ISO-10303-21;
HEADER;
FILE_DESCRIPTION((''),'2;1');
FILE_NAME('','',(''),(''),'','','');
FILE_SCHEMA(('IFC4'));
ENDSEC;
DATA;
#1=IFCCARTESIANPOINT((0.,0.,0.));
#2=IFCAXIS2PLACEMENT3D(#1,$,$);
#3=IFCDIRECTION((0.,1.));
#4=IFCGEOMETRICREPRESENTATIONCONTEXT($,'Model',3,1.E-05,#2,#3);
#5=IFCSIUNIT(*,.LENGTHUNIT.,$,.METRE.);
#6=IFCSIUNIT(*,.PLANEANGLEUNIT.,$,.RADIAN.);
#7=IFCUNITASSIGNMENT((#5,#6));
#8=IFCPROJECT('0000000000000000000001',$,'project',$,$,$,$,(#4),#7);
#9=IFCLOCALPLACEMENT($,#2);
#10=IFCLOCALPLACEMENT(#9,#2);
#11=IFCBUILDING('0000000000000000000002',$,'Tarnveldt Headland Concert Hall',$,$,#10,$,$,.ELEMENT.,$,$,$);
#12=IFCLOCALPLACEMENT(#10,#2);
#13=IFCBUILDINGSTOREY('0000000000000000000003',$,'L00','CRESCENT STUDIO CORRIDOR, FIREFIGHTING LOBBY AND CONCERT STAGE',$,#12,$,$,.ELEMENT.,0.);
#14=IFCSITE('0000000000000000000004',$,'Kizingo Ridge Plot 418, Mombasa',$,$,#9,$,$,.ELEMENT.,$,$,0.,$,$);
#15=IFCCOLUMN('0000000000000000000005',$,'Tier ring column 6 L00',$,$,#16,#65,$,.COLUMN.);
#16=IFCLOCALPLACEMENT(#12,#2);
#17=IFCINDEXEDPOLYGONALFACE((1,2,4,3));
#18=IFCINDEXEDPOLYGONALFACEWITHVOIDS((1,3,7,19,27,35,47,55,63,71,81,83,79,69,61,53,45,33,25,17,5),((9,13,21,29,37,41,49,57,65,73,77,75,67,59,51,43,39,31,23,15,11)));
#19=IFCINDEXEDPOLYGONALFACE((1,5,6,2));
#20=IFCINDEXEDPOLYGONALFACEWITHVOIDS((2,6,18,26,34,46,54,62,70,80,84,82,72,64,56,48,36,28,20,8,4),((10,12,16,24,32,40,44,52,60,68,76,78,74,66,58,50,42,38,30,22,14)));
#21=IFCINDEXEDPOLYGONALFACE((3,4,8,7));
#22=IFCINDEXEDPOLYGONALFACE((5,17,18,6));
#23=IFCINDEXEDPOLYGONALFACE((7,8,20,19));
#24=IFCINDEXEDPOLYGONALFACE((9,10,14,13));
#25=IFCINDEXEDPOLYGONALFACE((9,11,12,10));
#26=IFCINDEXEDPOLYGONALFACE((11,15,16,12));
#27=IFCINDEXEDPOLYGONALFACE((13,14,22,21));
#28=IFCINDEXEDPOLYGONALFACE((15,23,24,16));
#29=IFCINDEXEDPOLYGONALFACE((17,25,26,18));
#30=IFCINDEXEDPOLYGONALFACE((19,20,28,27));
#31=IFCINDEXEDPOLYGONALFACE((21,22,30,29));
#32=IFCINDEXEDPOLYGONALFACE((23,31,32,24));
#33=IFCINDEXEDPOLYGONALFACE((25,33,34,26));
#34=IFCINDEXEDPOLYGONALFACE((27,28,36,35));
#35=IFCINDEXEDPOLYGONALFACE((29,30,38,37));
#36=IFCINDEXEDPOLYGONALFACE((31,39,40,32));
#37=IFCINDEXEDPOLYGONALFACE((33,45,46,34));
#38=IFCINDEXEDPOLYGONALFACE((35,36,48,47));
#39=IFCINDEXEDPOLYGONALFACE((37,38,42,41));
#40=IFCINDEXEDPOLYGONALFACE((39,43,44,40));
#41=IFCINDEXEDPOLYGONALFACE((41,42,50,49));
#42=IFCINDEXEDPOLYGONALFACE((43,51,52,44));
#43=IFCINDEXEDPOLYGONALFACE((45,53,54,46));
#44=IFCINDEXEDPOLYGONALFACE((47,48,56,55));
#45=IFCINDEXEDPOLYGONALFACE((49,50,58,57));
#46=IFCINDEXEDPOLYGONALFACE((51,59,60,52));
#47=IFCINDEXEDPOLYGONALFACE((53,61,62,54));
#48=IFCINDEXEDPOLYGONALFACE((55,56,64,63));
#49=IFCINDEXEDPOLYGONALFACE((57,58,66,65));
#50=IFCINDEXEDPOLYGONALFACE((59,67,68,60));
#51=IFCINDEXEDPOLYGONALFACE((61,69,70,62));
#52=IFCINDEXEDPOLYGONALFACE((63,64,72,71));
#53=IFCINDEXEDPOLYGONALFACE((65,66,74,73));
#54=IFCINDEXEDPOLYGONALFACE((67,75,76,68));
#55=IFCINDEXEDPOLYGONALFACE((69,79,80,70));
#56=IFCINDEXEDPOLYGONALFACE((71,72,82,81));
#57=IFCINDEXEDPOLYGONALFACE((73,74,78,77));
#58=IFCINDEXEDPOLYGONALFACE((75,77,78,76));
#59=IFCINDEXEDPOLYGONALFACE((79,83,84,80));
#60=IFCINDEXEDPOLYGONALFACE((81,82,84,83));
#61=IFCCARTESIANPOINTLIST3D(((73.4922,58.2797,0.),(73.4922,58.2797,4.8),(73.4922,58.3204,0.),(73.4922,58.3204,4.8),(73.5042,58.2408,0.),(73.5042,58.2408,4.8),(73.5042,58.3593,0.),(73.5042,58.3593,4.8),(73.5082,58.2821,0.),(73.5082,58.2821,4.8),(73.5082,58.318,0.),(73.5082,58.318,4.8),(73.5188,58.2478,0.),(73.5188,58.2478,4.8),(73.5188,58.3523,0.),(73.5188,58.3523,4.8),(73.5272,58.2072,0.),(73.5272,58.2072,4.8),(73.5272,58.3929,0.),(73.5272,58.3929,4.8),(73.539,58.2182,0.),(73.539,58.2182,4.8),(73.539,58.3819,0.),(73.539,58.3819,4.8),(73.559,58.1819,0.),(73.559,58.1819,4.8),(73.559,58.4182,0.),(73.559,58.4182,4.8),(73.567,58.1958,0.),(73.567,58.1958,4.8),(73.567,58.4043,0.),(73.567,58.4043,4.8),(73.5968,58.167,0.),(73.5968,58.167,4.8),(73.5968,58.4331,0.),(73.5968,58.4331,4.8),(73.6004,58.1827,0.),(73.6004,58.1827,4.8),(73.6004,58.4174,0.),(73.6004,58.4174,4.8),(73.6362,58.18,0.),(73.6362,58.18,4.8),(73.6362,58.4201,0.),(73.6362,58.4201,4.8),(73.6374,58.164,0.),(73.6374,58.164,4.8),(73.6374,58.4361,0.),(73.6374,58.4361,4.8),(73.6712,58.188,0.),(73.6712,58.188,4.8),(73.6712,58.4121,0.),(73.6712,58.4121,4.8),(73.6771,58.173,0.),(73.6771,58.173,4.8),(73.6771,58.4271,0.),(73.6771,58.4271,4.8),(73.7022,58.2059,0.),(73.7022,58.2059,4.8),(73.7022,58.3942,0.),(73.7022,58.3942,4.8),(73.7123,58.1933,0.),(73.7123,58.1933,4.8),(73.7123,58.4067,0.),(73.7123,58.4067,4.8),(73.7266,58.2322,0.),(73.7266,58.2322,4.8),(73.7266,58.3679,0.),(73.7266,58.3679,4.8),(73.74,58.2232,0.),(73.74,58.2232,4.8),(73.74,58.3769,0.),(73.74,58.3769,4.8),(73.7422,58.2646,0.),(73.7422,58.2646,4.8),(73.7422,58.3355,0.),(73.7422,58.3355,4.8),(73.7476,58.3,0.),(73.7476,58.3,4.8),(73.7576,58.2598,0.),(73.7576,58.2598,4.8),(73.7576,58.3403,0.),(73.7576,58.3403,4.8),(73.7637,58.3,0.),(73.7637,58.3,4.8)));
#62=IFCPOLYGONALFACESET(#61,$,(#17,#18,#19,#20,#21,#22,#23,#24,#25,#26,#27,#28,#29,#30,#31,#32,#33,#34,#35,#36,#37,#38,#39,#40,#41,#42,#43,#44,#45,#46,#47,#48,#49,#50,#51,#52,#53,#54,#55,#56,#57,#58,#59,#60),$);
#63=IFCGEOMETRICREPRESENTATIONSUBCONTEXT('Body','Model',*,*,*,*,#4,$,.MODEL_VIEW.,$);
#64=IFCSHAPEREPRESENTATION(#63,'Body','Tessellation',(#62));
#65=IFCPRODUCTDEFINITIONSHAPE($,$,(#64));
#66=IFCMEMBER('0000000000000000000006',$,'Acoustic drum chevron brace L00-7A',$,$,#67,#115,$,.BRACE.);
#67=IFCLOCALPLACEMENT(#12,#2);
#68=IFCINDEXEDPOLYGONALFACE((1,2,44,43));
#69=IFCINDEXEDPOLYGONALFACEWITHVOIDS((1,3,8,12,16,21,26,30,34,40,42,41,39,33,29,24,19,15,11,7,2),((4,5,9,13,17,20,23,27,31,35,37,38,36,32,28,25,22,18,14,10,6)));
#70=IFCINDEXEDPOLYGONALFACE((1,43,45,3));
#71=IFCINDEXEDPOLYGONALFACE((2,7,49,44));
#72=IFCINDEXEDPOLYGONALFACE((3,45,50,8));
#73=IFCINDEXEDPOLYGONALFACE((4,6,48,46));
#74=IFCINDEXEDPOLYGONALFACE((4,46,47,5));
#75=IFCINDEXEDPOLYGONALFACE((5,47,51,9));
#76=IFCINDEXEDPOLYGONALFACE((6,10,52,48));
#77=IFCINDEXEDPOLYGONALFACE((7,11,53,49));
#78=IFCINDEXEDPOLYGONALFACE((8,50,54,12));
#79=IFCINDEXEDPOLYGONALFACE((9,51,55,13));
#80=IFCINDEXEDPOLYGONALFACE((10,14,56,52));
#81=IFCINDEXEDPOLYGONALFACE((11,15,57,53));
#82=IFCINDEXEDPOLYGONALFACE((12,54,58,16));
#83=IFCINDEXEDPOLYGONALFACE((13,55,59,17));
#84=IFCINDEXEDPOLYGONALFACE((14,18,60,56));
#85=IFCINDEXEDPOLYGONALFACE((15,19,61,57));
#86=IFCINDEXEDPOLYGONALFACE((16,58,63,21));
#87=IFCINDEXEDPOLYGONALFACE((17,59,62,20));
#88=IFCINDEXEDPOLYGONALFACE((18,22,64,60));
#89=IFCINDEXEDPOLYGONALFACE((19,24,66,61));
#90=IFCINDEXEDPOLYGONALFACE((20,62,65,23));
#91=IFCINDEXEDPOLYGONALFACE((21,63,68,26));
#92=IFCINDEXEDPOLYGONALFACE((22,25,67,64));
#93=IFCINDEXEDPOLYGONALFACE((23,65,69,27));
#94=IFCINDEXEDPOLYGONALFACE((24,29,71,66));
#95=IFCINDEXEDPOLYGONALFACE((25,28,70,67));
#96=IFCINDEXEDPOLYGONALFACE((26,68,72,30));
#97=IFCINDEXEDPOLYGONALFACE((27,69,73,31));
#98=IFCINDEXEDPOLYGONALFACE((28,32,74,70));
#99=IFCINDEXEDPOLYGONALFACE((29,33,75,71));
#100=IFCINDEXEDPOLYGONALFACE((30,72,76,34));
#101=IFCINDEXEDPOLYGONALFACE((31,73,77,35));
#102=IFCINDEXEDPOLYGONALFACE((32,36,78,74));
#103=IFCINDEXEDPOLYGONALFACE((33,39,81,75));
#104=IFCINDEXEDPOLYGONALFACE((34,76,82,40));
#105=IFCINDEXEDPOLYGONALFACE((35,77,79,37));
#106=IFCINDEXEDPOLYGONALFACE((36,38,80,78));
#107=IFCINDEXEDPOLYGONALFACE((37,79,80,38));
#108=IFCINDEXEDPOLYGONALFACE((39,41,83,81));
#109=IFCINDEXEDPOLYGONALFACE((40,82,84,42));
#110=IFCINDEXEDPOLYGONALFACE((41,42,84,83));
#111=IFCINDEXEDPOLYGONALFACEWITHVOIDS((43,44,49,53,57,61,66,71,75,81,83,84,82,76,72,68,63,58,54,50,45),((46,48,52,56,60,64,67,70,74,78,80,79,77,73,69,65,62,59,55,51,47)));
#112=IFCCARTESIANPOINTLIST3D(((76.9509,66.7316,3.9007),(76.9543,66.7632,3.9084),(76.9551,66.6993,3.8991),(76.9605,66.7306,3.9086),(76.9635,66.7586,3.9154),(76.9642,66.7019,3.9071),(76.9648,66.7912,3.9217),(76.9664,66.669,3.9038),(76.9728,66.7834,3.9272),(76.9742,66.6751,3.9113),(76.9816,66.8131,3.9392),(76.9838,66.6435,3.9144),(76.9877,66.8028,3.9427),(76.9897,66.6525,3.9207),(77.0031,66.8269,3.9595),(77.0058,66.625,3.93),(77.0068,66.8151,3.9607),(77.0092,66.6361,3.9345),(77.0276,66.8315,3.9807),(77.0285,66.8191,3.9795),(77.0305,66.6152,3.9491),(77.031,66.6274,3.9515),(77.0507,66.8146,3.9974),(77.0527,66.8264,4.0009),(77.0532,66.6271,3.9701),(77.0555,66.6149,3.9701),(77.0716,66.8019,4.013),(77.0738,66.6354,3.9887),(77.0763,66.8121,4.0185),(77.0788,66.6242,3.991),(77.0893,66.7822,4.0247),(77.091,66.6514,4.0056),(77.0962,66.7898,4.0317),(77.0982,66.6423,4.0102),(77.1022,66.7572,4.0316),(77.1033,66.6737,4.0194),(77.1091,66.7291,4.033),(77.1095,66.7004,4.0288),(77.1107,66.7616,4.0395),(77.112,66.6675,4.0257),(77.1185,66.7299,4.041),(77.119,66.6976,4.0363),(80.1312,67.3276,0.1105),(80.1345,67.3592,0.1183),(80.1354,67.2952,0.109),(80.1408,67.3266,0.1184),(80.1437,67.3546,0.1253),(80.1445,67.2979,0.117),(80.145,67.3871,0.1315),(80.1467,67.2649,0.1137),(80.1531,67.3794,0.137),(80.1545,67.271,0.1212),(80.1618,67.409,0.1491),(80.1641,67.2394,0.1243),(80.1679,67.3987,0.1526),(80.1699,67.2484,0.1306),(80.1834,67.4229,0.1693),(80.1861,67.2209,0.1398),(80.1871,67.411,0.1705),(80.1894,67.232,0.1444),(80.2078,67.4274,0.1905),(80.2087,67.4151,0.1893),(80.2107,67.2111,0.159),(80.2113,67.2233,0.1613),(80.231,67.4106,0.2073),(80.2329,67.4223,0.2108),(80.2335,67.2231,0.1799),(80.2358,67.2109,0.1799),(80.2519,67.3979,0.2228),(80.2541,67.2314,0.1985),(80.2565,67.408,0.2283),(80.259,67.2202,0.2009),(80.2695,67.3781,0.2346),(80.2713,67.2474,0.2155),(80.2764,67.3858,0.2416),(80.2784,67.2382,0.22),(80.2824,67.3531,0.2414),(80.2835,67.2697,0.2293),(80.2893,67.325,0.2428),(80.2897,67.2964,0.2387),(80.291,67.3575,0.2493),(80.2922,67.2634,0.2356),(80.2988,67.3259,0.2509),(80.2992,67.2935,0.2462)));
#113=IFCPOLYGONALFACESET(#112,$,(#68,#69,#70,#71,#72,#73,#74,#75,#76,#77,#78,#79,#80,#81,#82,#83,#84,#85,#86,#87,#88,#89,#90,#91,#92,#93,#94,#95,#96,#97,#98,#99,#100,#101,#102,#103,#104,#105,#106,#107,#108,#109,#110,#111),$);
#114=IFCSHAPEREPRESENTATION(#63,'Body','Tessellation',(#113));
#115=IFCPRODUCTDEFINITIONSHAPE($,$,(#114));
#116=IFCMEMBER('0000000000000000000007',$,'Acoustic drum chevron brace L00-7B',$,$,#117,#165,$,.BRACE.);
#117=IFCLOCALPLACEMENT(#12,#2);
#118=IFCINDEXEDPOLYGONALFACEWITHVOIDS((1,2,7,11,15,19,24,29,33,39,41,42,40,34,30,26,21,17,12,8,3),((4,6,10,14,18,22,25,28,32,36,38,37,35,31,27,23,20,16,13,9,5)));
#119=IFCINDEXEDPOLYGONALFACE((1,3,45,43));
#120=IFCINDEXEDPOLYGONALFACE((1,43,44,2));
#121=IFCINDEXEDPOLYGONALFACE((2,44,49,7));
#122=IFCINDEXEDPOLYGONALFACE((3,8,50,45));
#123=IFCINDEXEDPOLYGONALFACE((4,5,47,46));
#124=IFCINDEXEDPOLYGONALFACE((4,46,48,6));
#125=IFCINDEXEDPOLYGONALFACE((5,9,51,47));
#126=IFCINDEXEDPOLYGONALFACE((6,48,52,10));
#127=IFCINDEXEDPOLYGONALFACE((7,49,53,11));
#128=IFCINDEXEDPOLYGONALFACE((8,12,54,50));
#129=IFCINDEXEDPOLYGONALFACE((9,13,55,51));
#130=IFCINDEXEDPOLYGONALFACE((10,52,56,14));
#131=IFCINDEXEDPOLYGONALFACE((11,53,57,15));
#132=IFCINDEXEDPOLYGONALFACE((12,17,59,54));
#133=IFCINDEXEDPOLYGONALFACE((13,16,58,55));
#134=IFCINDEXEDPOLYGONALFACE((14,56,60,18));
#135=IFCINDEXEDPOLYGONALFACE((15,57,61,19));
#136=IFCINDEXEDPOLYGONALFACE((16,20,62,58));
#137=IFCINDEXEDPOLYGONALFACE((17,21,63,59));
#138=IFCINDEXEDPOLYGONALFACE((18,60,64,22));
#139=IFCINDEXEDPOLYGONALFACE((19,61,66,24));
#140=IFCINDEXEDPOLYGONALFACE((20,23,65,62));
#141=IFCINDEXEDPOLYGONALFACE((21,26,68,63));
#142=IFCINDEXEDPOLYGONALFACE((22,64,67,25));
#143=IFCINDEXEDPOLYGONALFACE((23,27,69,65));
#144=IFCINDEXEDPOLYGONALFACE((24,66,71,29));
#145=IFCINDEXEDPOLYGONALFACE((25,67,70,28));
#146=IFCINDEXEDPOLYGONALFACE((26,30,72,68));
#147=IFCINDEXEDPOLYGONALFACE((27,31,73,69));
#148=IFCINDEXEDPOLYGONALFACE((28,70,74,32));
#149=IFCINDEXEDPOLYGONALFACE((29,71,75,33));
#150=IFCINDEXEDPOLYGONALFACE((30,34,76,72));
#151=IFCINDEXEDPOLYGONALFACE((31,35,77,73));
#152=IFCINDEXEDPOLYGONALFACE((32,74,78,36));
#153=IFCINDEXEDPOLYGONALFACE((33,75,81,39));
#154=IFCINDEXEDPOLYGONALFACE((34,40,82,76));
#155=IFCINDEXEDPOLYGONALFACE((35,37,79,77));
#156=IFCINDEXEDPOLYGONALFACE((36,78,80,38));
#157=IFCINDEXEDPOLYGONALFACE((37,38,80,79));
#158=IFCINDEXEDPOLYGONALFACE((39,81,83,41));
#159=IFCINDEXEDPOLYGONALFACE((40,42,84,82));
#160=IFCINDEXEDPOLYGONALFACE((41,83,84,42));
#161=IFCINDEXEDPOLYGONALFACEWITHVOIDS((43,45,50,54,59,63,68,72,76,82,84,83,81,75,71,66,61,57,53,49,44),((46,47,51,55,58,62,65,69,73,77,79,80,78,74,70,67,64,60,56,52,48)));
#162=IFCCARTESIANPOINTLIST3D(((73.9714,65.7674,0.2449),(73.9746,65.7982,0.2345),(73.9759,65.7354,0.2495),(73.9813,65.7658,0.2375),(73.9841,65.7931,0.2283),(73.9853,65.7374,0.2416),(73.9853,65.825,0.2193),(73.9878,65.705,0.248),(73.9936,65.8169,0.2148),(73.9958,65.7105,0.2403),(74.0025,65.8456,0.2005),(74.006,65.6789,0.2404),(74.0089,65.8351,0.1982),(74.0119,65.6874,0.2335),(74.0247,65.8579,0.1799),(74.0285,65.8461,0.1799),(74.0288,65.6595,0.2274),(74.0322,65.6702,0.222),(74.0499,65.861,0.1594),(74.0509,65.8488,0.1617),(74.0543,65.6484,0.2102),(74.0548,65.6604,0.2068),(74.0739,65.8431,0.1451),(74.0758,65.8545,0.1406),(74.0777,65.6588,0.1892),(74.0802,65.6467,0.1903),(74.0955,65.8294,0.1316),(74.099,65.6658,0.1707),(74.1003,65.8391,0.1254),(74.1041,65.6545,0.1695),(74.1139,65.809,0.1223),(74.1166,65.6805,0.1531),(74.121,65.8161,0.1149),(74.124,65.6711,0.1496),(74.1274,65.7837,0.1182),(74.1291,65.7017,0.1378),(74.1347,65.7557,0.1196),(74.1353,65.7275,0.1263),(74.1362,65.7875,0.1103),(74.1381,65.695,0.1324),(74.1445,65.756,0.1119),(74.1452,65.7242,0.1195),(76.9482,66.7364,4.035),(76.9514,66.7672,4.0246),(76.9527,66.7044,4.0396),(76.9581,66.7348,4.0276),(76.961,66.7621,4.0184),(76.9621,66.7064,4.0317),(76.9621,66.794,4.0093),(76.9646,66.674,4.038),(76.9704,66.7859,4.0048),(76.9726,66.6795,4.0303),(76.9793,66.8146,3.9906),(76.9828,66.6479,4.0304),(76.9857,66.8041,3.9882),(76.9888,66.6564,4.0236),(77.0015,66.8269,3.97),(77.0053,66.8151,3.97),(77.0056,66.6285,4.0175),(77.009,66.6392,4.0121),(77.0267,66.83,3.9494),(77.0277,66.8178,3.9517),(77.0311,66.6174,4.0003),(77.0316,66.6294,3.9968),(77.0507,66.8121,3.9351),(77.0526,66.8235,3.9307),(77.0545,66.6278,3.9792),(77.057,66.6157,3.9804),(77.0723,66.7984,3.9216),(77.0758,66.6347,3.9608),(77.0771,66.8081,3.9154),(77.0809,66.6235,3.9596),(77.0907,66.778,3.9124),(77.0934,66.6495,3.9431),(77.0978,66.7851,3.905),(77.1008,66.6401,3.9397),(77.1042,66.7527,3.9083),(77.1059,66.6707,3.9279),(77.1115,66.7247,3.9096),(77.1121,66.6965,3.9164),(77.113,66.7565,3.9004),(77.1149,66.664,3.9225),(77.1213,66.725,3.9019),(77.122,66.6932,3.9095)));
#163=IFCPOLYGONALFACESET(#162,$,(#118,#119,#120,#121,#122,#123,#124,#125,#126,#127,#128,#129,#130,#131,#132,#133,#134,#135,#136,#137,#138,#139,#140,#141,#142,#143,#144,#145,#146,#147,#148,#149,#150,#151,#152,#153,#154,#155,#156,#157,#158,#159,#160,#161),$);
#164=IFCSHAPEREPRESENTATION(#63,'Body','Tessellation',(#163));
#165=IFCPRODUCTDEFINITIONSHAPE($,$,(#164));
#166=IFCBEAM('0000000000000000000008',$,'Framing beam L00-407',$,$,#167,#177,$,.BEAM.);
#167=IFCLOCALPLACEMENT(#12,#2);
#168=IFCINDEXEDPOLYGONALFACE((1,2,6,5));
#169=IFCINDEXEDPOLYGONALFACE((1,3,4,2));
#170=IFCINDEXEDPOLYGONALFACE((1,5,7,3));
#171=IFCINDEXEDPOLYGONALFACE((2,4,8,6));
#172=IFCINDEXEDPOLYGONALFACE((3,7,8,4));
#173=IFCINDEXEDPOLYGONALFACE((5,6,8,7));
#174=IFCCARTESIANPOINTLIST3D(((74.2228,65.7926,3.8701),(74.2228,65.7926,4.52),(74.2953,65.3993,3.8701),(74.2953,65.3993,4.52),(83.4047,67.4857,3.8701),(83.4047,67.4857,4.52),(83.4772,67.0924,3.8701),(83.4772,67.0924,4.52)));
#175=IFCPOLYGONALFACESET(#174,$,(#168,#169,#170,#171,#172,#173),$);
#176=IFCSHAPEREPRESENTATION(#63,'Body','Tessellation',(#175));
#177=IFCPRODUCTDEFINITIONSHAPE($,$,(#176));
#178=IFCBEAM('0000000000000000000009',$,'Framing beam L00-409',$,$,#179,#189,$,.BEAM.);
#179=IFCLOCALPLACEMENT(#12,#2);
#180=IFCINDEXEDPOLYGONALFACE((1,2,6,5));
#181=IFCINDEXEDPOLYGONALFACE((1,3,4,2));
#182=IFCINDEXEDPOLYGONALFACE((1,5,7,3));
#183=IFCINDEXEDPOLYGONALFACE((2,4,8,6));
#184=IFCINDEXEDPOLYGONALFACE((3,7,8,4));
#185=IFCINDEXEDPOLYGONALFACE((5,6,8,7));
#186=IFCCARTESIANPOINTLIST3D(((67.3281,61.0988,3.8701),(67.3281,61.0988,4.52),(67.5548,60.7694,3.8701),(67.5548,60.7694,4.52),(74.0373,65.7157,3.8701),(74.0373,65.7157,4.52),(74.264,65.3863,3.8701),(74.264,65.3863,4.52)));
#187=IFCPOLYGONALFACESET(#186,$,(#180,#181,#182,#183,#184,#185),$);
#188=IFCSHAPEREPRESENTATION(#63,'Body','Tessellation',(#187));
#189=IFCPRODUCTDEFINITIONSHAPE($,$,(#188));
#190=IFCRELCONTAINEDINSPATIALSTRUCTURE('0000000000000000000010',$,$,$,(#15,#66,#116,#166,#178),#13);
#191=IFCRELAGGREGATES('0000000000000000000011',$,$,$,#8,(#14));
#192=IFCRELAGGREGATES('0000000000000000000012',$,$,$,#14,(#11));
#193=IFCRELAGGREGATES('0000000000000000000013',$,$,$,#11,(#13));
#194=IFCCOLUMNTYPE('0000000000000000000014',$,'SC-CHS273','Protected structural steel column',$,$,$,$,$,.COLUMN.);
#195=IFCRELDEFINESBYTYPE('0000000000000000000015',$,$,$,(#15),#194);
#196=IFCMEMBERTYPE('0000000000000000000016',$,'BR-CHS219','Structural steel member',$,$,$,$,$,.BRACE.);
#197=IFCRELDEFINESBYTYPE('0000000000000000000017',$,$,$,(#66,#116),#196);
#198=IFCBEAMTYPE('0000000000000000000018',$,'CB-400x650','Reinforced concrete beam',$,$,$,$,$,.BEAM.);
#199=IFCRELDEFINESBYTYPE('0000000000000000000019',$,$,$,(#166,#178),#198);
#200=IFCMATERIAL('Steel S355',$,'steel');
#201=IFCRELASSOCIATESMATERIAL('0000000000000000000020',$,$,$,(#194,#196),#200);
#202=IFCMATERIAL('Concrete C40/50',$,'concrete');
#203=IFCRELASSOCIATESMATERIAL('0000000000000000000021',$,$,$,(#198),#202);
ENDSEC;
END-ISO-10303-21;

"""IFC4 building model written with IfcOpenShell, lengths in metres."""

from ifc_helpers import new_model, si_unit, direction, frame, origin, origin_2d, place, context, subcontext, project, spatial, rectangle, hollow_circle, extrude, material, material_profile, profile_set, type_object, element, save


model = new_model("IFC4")

# Units and contexts
model_context = context("Model", 3, precision=1e-05, world=origin(), true_north=direction((0.0, 1.0)))
body_context = subcontext(model_context, "Body", "Model", "MODEL_VIEW")
ifc_project = project(units=[si_unit("LENGTHUNIT", "METRE"), si_unit("PLANEANGLEUNIT", "RADIAN")], contexts=[model_context])

# Site, building, storey
site_placement = place(None, origin())
site = spatial("IfcSite", under=ifc_project, at=site_placement, Name="Kizingo Ridge Plot 418, Mombasa", CompositionType="ELEMENT", RefElevation=0.0)
building_placement = place(site_placement, origin())
building = spatial("IfcBuilding", under=site, at=building_placement, Name="Tarnveldt Headland Concert Hall", CompositionType="ELEMENT")
storey_placement = place(building_placement, origin())
storey = spatial("IfcBuildingStorey", under=building, at=storey_placement, Name="L00", Description="CRESCENT STUDIO CORRIDOR, FIREFIGHTING LOBBY AND CONCERT STAGE", CompositionType="ELEMENT", Elevation=0.0)

# Column
ifc_material_1 = material(Name="Concrete C40/50", Category="concrete")
ifc_material_2 = material(Name="Steel S355", Category="steel")
ifc_material_profile_1 = material_profile(ifc_material_2, hollow_circle(Radius=0.1365, WallThickness=0.0161, at=origin_2d()), Name="CHS 273x16", Category="steel")
ifc_profile_set_1 = profile_set([ifc_material_profile_1], Name="Steel S355")
column_type_1 = type_object("IfcColumnType", Name="SC-CHS273", Description="Protected structural steel column", PredefinedType="COLUMN", material=ifc_profile_set_1)
for number, where, z_axis, x_axis, name in (
    (1, (73.6272, 58.3, 0.0), (0.0, 0.0, 1.0), (1.0, 0.0, 0.0), "Tier ring column 6 L00"),
):
    element("IfcColumn", number, at=place(storey_placement, frame(where, z_axis=z_axis, x_axis=x_axis)), inside=storey, type_object=column_type_1, Name=name, PredefinedType="COLUMN", context=body_context, shape_type="SweptSolid", body=[
        extrude(hollow_circle(Radius=0.1365, WallThickness=0.0161, at=origin_2d()), origin(), (0.0, 0.0, 1.0), 4.8),
    ])

# Members
ifc_material_profile_2 = material_profile(ifc_material_2, hollow_circle(Radius=0.1096, WallThickness=0.0125, at=origin_2d()), Name="CHS 219.1x12.5", Category="steel")
ifc_profile_set_2 = profile_set([ifc_material_profile_2], Name="Steel S355")
member_type = type_object("IfcMemberType", Name="BR-CHS219", Description="Structural steel member", PredefinedType="BRACE", material=ifc_profile_set_2)
member_1_placement = place(storey_placement, frame((80.2156, 67.3186, 0.1799), z_axis=(-0.638169, -0.119589, 0.760551), x_axis=(0.184188, -0.982891, 0.0)))
element("IfcMember", 2, at=member_1_placement, inside=storey, type_object=member_type, Name="Acoustic drum chevron brace L00-7A", PredefinedType="BRACE", context=body_context, shape_type="SweptSolid", body=[
    extrude(hollow_circle(Radius=0.1096, WallThickness=0.0125, at=origin_2d()), origin(), (0.0, 0.0, 1.0), 4.9834),
])
member_2_placement = place(storey_placement, frame((74.0586, 65.7537, 0.1799), z_axis=(0.605564, 0.19712, 0.770997), x_axis=(-0.309529, 0.95089, 0.0)))
element("IfcMember", 3, at=member_2_placement, inside=storey, type_object=member_type, Name="Acoustic drum chevron brace L00-7B", PredefinedType="BRACE", context=body_context, shape_type="SweptSolid", body=[
    extrude(hollow_circle(Radius=0.1096, WallThickness=0.0125, at=origin_2d()), origin(), (0.0, 0.0, 1.0), 4.9158),
])

# Beams
ifc_material_profile_3 = material_profile(ifc_material_1, rectangle(XDim=0.3999, YDim=0.6499, at=origin_2d()), Name="RC 400x650", Category="concrete")
ifc_profile_set_3 = profile_set([ifc_material_profile_3], Name="Concrete C40/50")
beam_type_1 = type_object("IfcBeamType", Name="CB-400x650", Description="Reinforced concrete beam", PredefinedType="BEAM", material=ifc_profile_set_3)
beam_1_placement = place(storey_placement, frame((83.4409, 67.2891, 4.1951), z_axis=(-0.98342, -0.18134, 0.0), x_axis=(0.18134, -0.98342, 0.0)))
element("IfcBeam", 4, at=beam_1_placement, inside=storey, type_object=beam_type_1, Name="Framing beam L00-407", PredefinedType="BEAM", context=body_context, shape_type="SweptSolid", body=[
    extrude(rectangle(XDim=0.3999, YDim=0.6499, at=origin_2d()), origin(), (0.0, 0.0, 1.0), 9.3367),
])
beam_2_placement = place(storey_placement, frame((74.1506, 65.551, 4.1951), z_axis=(-0.823793, -0.566891, 0.0), x_axis=(0.566891, -0.823793, 0.0)))
element("IfcBeam", 5, at=beam_2_placement, inside=storey, type_object=beam_type_1, Name="Framing beam L00-409", PredefinedType="BEAM", context=body_context, shape_type="SweptSolid", body=[
    extrude(rectangle(XDim=0.3999, YDim=0.6499, at=origin_2d()), origin(), (0.0, 0.0, 1.0), 8.1443),
])

save(model, "model.ifc")
